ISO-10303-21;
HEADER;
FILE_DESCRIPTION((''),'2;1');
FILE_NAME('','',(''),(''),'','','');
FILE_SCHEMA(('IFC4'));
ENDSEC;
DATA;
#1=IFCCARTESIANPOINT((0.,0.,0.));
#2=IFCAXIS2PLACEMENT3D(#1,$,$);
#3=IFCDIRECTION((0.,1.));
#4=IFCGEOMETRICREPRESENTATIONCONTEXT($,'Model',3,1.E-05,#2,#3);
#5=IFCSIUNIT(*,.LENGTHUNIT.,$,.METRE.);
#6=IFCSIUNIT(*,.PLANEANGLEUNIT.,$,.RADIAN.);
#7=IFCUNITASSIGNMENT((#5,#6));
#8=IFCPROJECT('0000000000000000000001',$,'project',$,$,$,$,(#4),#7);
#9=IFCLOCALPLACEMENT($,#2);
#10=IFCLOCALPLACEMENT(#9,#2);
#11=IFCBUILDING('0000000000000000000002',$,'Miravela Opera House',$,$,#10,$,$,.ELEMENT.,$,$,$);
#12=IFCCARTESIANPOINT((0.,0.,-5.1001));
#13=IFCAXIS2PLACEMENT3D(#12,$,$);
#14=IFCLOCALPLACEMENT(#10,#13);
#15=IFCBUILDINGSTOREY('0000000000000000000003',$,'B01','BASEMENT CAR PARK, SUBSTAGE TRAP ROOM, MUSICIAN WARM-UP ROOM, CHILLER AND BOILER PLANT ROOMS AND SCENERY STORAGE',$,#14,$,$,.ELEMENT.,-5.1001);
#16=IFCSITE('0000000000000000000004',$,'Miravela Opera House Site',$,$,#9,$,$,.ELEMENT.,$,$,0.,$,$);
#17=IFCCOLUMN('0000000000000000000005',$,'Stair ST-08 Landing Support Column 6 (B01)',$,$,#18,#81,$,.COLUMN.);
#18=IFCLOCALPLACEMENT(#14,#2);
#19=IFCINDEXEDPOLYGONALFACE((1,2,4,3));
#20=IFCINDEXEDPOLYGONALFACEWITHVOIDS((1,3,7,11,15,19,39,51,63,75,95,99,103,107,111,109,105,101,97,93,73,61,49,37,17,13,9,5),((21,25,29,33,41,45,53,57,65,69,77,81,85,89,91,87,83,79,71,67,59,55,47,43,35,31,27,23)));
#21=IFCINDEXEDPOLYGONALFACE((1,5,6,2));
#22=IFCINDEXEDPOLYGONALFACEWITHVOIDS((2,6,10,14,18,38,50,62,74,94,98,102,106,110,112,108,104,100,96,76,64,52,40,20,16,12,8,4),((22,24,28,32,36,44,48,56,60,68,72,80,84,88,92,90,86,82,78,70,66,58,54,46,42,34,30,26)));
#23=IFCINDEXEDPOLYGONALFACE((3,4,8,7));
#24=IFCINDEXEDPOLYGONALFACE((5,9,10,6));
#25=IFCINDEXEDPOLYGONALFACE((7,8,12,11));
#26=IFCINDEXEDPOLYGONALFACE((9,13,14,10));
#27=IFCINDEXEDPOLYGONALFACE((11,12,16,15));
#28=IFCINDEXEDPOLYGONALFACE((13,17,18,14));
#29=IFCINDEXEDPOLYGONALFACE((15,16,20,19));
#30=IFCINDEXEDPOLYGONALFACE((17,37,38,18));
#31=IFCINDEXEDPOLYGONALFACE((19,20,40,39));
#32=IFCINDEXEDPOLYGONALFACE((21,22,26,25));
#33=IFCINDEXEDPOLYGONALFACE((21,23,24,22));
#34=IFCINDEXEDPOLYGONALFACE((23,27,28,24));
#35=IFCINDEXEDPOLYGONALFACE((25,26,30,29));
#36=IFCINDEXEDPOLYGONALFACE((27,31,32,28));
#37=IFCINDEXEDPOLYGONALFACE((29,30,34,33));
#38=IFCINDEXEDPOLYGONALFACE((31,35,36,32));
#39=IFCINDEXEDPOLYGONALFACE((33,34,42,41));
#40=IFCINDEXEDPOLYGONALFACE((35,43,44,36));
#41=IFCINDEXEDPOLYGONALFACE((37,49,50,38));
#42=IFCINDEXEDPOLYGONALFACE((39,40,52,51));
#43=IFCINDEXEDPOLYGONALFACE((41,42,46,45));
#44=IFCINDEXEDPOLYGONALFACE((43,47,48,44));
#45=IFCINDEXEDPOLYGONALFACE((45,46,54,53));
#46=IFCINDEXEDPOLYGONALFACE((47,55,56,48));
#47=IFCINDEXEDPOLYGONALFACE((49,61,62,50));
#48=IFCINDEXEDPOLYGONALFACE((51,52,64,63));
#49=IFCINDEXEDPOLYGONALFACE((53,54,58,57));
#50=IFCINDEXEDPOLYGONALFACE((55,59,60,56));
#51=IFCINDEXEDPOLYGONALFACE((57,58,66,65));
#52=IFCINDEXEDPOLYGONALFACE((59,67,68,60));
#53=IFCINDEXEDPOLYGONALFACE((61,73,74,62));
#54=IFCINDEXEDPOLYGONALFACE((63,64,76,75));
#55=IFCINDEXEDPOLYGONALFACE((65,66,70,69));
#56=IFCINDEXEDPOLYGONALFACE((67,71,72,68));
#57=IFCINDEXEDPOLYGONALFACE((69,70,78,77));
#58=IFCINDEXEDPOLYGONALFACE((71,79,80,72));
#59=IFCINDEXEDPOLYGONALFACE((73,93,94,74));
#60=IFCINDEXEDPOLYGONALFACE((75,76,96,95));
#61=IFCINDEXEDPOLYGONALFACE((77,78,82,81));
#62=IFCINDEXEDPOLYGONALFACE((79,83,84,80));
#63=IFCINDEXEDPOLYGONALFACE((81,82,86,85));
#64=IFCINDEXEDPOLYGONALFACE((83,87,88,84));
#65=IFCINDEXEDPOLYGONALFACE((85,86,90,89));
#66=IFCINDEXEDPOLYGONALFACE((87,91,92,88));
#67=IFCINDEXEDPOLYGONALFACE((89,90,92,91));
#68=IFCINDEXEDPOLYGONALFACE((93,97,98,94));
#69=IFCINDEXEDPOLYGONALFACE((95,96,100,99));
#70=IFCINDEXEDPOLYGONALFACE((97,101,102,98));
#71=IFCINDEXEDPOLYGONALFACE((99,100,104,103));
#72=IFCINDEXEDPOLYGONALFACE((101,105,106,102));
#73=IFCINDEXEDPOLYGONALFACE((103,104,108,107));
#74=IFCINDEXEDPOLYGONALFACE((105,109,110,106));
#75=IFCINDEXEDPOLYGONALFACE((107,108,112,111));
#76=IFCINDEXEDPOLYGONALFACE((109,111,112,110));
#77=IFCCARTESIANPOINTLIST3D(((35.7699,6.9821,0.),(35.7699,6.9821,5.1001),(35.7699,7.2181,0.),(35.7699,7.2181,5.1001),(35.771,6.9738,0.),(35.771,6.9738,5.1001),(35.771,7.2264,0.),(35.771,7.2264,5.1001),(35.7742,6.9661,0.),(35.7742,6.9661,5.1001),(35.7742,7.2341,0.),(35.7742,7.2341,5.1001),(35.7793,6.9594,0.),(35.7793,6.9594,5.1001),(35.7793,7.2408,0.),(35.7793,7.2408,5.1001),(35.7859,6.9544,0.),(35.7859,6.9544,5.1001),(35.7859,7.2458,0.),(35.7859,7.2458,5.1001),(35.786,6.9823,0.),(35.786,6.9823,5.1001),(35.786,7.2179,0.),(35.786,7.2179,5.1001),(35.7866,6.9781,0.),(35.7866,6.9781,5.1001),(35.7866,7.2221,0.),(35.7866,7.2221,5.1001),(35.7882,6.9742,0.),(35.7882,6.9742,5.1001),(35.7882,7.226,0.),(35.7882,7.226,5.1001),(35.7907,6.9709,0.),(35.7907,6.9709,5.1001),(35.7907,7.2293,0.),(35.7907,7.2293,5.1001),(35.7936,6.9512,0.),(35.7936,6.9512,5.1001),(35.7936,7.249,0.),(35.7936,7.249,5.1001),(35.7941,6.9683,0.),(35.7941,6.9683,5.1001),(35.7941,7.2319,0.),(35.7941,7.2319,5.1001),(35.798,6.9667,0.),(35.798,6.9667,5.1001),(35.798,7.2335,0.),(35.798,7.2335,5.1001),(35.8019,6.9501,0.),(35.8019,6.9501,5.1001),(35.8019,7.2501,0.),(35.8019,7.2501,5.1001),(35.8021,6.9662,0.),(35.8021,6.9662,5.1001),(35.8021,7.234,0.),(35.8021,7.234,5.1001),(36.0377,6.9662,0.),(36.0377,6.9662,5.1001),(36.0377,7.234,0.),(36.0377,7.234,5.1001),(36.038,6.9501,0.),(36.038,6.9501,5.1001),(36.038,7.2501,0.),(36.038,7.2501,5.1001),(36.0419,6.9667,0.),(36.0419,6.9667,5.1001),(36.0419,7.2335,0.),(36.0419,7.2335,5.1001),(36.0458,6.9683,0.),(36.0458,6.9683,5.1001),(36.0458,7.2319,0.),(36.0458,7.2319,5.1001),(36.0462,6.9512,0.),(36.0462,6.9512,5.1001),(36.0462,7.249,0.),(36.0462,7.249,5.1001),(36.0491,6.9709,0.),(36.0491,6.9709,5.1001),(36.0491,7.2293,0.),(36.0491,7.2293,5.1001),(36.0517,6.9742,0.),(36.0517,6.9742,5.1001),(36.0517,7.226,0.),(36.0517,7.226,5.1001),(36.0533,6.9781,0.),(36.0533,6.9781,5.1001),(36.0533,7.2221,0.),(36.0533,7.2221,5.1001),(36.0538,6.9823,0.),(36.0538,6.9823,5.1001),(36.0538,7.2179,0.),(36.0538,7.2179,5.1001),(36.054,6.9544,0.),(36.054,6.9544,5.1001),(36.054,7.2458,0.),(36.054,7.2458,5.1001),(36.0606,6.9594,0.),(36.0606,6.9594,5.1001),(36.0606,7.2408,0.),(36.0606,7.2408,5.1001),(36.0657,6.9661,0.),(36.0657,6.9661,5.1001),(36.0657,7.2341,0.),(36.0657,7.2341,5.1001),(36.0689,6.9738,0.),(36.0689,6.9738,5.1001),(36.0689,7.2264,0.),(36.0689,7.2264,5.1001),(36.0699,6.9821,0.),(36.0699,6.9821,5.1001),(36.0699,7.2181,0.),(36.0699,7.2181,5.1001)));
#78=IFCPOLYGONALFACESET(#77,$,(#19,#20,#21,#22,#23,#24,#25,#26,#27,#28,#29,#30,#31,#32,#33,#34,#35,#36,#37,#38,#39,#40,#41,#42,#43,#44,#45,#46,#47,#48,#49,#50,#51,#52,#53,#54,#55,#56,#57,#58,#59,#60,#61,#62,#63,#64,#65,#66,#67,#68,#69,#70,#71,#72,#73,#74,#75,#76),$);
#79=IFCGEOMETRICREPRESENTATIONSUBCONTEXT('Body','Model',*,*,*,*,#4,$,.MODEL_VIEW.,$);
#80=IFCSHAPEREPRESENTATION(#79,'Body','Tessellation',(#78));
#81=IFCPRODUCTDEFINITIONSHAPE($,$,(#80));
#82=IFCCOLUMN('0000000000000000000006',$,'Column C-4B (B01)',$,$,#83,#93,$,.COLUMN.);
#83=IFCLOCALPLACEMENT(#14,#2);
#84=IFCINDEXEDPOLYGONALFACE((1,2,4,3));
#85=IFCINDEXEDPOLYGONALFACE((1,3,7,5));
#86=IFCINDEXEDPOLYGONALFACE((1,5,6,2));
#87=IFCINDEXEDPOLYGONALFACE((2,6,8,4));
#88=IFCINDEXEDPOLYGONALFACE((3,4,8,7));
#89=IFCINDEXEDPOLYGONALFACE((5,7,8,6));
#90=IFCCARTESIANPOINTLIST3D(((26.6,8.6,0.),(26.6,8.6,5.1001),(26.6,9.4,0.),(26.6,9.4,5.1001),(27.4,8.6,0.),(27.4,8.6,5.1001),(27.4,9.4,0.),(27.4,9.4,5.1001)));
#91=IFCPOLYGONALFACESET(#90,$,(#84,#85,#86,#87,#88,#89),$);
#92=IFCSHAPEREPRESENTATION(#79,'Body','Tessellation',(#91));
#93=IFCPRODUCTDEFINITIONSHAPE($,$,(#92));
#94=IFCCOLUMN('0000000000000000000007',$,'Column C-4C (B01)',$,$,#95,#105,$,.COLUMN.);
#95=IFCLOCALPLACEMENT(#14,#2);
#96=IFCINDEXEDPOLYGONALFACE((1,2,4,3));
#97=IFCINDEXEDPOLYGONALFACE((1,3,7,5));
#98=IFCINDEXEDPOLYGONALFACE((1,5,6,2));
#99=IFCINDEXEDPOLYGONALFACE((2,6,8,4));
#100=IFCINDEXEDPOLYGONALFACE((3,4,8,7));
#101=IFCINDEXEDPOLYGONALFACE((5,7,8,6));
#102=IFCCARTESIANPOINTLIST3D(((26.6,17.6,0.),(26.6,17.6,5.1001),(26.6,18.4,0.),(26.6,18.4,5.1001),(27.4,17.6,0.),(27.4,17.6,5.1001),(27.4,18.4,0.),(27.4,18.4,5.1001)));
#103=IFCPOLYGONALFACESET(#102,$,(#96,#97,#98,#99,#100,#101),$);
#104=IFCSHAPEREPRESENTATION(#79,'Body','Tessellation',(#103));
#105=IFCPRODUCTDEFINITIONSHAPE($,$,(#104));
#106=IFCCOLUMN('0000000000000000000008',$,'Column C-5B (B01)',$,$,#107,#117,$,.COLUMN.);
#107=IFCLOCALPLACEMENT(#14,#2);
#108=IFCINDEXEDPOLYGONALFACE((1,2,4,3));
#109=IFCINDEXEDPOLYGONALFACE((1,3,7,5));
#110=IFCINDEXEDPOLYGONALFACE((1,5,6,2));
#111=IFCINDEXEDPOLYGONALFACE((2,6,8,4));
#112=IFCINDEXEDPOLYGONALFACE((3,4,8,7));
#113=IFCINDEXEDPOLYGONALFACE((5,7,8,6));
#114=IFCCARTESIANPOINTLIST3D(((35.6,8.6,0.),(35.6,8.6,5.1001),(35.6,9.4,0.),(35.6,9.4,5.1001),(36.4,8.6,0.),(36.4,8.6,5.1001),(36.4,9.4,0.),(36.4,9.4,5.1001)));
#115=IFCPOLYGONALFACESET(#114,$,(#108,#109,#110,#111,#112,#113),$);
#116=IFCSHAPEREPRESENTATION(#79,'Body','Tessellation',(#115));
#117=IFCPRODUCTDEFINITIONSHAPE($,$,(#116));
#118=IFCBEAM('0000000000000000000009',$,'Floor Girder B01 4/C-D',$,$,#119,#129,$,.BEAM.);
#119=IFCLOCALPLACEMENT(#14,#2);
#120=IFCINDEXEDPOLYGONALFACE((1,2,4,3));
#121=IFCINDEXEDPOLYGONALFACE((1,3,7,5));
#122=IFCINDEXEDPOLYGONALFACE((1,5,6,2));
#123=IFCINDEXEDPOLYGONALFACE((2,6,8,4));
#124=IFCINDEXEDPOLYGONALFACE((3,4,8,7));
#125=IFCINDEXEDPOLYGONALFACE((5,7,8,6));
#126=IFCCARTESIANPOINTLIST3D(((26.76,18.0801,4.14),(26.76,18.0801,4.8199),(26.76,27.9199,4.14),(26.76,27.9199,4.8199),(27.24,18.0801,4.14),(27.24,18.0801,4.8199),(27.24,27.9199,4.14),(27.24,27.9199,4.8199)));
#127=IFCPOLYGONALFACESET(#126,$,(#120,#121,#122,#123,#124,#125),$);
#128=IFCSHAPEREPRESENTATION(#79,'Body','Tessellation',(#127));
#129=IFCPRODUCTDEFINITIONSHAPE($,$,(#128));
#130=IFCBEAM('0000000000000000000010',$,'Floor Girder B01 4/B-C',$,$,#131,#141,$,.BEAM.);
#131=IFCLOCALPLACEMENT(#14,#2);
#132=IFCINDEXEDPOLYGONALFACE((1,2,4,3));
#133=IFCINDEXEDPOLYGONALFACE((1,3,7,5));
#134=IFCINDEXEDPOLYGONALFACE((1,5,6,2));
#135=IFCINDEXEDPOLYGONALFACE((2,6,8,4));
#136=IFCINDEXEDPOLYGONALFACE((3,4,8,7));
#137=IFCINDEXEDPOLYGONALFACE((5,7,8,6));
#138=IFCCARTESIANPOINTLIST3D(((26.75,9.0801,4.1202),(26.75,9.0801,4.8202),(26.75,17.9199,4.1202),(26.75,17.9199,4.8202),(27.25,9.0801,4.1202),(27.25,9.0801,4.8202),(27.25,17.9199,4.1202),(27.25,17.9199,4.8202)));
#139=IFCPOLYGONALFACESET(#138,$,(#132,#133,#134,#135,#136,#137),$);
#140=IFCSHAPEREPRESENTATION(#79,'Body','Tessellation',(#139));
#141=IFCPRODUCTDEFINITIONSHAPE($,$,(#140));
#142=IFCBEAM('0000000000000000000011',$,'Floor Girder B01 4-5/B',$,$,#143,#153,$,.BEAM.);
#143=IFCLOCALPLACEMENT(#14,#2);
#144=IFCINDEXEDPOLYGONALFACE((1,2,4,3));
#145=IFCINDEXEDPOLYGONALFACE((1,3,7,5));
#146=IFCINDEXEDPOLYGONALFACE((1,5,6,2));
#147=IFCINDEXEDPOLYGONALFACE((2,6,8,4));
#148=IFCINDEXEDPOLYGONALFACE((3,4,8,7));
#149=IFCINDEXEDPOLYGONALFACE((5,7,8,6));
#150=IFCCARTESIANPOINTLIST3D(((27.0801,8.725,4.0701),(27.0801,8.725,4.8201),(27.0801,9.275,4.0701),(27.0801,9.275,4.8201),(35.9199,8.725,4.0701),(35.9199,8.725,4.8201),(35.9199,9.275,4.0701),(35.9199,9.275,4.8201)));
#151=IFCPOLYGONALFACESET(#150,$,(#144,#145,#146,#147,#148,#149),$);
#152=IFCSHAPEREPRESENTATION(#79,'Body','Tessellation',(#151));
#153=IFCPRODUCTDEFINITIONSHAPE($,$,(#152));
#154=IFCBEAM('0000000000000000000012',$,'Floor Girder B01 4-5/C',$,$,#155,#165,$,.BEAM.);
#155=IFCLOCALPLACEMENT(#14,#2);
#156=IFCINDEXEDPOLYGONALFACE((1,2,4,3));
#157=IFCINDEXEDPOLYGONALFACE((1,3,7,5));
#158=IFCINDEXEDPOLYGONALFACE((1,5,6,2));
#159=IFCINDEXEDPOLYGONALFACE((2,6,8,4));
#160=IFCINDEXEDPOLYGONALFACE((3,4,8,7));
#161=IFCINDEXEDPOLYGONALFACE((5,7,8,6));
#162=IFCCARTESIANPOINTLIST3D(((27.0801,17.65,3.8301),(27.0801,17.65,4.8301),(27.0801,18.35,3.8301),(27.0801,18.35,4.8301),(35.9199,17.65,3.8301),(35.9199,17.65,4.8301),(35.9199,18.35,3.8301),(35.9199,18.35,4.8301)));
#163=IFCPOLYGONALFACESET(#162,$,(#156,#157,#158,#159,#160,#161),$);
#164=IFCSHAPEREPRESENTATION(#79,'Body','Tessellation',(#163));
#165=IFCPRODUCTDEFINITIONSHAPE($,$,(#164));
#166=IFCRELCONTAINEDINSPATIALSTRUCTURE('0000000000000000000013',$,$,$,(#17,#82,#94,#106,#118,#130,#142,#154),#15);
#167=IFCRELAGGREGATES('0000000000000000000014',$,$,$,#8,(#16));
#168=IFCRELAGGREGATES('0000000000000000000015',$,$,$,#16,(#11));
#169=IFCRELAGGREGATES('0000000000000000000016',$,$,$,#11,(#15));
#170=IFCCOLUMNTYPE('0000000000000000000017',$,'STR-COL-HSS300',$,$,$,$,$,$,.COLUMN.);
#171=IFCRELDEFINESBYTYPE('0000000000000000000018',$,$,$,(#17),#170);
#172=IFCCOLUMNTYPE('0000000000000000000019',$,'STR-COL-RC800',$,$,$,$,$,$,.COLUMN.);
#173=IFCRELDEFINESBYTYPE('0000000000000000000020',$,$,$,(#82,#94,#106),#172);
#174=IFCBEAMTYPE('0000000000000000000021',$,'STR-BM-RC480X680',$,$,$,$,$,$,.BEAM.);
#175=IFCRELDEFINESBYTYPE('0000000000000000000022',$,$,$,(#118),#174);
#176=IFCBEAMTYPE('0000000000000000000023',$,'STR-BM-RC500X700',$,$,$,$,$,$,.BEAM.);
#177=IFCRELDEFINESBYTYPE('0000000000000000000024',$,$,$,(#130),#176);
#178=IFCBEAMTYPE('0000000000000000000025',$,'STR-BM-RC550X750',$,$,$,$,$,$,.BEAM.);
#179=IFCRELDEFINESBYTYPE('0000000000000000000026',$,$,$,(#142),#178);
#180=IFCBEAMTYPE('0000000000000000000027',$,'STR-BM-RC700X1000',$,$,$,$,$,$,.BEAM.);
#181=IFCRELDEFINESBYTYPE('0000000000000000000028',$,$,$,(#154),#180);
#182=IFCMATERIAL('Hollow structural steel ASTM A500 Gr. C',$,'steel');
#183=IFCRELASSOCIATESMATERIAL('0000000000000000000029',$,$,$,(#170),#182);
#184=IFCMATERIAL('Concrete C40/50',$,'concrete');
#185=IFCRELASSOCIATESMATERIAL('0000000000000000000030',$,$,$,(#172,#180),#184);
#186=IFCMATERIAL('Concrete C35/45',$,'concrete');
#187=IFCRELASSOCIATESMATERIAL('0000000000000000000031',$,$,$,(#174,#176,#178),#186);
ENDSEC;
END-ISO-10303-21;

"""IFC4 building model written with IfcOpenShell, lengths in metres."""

from ifc_helpers import new_model, si_unit, direction, frame, origin, origin_2d, place, context, subcontext, project, spatial, rectangle, hollow_rectangle, extrude, material, material_profile, profile_set, type_object, element, save


model = new_model("IFC4")

# Units and contexts
model_context = context("Model", 3, precision=1e-05, world=origin(), true_north=direction((0.0, 1.0)))
body_context = subcontext(model_context, "Body", "Model", "MODEL_VIEW")
ifc_project = project(units=[si_unit("LENGTHUNIT", "METRE"), si_unit("PLANEANGLEUNIT", "RADIAN")], contexts=[model_context])

# Site, building, storey
site_placement = place(None, origin())
site = spatial("IfcSite", under=ifc_project, at=site_placement, Name="Miravela Opera House Site", CompositionType="ELEMENT", RefElevation=0.0)
building_placement = place(site_placement, origin())
building = spatial("IfcBuilding", under=site, at=building_placement, Name="Miravela Opera House", CompositionType="ELEMENT")
storey_placement = place(building_placement, frame((0.0, 0.0, -5.1001)))
storey = spatial("IfcBuildingStorey", under=building, at=storey_placement, Name="B01", Description="BASEMENT CAR PARK, SUBSTAGE TRAP ROOM, MUSICIAN WARM-UP ROOM, CHILLER AND BOILER PLANT ROOMS AND SCENERY STORAGE", CompositionType="ELEMENT", Elevation=-5.1001)

# Shared definitions
ifc_material_1 = material(Name="Concrete C35/45", Category="concrete")

# Columns
ifc_material_2 = material(Name="Hollow structural steel ASTM A500 Gr. C", Category="steel")
ifc_material_profile_1 = material_profile(ifc_material_2, hollow_rectangle(XDim=0.3, YDim=0.3, WallThickness=0.0161, InnerFilletRadius=0.0161, OuterFilletRadius=0.032, at=origin_2d()), Name="HSS300X300X16")
ifc_profile_set_1 = profile_set([ifc_material_profile_1])
column_type_1 = type_object("IfcColumnType", Name="STR-COL-HSS300", PredefinedType="COLUMN", material=ifc_profile_set_1)
column_placement = place(storey_placement, frame((35.9199, 7.1001, 0.0), z_axis=(0.0, 0.0, 1.0), x_axis=(1.0, 0.0, 0.0)))
element("IfcColumn", 1, at=column_placement, inside=storey, type_object=column_type_1, Name="Stair ST-08 Landing Support Column 6 (B01)", PredefinedType="COLUMN", context=body_context, shape_type="SweptSolid", body=[
    extrude(hollow_rectangle(XDim=0.3, YDim=0.3, WallThickness=0.0161, InnerFilletRadius=0.0161, OuterFilletRadius=0.032, at=origin_2d()), origin(), (0.0, 0.0, 1.0), 5.1001),
])
ifc_material_3 = material(Name="Concrete C40/50", Category="concrete")
ifc_material_profile_2 = material_profile(ifc_material_3, rectangle(XDim=0.8, YDim=0.8, at=origin_2d()), Name="RC-COL-800X800")
ifc_profile_set_2 = profile_set([ifc_material_profile_2])
column_type_2 = type_object("IfcColumnType", Name="STR-COL-RC800", PredefinedType="COLUMN", material=ifc_profile_set_2)
for number, where, z_axis, x_axis, name in (
    (2, (27.0, 9.0, 0.0), (0.0, 0.0, 1.0), (1.0, 0.0, 0.0), "Column C-4B (B01)"),
    (3, (27.0, 18.0, 0.0), (0.0, 0.0, 1.0), (1.0, 0.0, 0.0), "Column C-4C (B01)"),
    (4, (36.0, 9.0, 0.0), (0.0, 0.0, 1.0), (1.0, 0.0, 0.0), "Column C-5B (B01)"),
):
    element("IfcColumn", number, at=place(storey_placement, frame(where, z_axis=z_axis, x_axis=x_axis)), inside=storey, type_object=column_type_2, Name=name, PredefinedType="COLUMN", context=body_context, shape_type="SweptSolid", body=[
        extrude(rectangle(XDim=0.8, YDim=0.8, at=origin_2d()), origin(), (0.0, 0.0, 1.0), 5.1001),
    ])

# Beams
ifc_material_profile_3 = material_profile(ifc_material_1, rectangle(XDim=0.48, YDim=0.6799, at=origin_2d()), Name="RC-BM-480X680")
ifc_profile_set_3 = profile_set([ifc_material_profile_3])
beam_type_1 = type_object("IfcBeamType", Name="STR-BM-RC480X680", PredefinedType="BEAM", material=ifc_profile_set_3)
beam_1_placement = place(storey_placement, frame((27.0, 18.0801, 4.48), z_axis=(0.0, 1.0, 0.0), x_axis=(-1.0, 0.0, 0.0)))
element("IfcBeam", 5, at=beam_1_placement, inside=storey, type_object=beam_type_1, Name="Floor Girder B01 4/C-D", PredefinedType="BEAM", context=body_context, shape_type="SweptSolid", body=[
    extrude(rectangle(XDim=0.48, YDim=0.6799, at=origin_2d()), origin(), (0.0, 0.0, 1.0), 9.8398),
])
ifc_material_profile_4 = material_profile(ifc_material_1, rectangle(XDim=0.5, YDim=0.7, at=origin_2d()), Name="RC-BM-500X700")
ifc_profile_set_4 = profile_set([ifc_material_profile_4])
beam_type_2 = type_object("IfcBeamType", Name="STR-BM-RC500X700", PredefinedType="BEAM", material=ifc_profile_set_4)
beam_2_placement = place(storey_placement, frame((27.0, 9.0801, 4.4702), z_axis=(0.0, 1.0, 0.0), x_axis=(-1.0, 0.0, 0.0)))
element("IfcBeam", 6, at=beam_2_placement, inside=storey, type_object=beam_type_2, Name="Floor Girder B01 4/B-C", PredefinedType="BEAM", context=body_context, shape_type="SweptSolid", body=[
    extrude(rectangle(XDim=0.5, YDim=0.7, at=origin_2d()), origin(), (0.0, 0.0, 1.0), 8.8398),
])
ifc_material_profile_5 = material_profile(ifc_material_1, rectangle(XDim=0.55, YDim=0.75, at=origin_2d()), Name="RC-BM-550X750")
ifc_profile_set_5 = profile_set([ifc_material_profile_5])
beam_type_3 = type_object("IfcBeamType", Name="STR-BM-RC550X750", PredefinedType="BEAM", material=ifc_profile_set_5)
beam_3_placement = place(storey_placement, frame((27.0801, 9.0, 4.4451), z_axis=(1.0, 0.0, 0.0), x_axis=(0.0, 1.0, 0.0)))
element("IfcBeam", 7, at=beam_3_placement, inside=storey, type_object=beam_type_3, Name="Floor Girder B01 4-5/B", PredefinedType="BEAM", context=body_context, shape_type="SweptSolid", body=[
    extrude(rectangle(XDim=0.55, YDim=0.75, at=origin_2d()), origin(), (0.0, 0.0, 1.0), 8.8398),
])
ifc_material_profile_6 = material_profile(ifc_material_3, rectangle(XDim=0.7, YDim=1.0, at=origin_2d()), Name="RC-BM-700X1000")
ifc_profile_set_6 = profile_set([ifc_material_profile_6])
beam_type_4 = type_object("IfcBeamType", Name="STR-BM-RC700X1000", PredefinedType="BEAM", material=ifc_profile_set_6)
beam_4_placement = place(storey_placement, frame((27.0801, 18.0, 4.3301), z_axis=(1.0, 0.0, 0.0), x_axis=(0.0, 1.0, 0.0)))
element("IfcBeam", 8, at=beam_4_placement, inside=storey, type_object=beam_type_4, Name="Floor Girder B01 4-5/C", PredefinedType="BEAM", context=body_context, shape_type="SweptSolid", body=[
    extrude(rectangle(XDim=0.7, YDim=1.0, at=origin_2d()), origin(), (0.0, 0.0, 1.0), 8.8398),
])

save(model, "model.ifc")
